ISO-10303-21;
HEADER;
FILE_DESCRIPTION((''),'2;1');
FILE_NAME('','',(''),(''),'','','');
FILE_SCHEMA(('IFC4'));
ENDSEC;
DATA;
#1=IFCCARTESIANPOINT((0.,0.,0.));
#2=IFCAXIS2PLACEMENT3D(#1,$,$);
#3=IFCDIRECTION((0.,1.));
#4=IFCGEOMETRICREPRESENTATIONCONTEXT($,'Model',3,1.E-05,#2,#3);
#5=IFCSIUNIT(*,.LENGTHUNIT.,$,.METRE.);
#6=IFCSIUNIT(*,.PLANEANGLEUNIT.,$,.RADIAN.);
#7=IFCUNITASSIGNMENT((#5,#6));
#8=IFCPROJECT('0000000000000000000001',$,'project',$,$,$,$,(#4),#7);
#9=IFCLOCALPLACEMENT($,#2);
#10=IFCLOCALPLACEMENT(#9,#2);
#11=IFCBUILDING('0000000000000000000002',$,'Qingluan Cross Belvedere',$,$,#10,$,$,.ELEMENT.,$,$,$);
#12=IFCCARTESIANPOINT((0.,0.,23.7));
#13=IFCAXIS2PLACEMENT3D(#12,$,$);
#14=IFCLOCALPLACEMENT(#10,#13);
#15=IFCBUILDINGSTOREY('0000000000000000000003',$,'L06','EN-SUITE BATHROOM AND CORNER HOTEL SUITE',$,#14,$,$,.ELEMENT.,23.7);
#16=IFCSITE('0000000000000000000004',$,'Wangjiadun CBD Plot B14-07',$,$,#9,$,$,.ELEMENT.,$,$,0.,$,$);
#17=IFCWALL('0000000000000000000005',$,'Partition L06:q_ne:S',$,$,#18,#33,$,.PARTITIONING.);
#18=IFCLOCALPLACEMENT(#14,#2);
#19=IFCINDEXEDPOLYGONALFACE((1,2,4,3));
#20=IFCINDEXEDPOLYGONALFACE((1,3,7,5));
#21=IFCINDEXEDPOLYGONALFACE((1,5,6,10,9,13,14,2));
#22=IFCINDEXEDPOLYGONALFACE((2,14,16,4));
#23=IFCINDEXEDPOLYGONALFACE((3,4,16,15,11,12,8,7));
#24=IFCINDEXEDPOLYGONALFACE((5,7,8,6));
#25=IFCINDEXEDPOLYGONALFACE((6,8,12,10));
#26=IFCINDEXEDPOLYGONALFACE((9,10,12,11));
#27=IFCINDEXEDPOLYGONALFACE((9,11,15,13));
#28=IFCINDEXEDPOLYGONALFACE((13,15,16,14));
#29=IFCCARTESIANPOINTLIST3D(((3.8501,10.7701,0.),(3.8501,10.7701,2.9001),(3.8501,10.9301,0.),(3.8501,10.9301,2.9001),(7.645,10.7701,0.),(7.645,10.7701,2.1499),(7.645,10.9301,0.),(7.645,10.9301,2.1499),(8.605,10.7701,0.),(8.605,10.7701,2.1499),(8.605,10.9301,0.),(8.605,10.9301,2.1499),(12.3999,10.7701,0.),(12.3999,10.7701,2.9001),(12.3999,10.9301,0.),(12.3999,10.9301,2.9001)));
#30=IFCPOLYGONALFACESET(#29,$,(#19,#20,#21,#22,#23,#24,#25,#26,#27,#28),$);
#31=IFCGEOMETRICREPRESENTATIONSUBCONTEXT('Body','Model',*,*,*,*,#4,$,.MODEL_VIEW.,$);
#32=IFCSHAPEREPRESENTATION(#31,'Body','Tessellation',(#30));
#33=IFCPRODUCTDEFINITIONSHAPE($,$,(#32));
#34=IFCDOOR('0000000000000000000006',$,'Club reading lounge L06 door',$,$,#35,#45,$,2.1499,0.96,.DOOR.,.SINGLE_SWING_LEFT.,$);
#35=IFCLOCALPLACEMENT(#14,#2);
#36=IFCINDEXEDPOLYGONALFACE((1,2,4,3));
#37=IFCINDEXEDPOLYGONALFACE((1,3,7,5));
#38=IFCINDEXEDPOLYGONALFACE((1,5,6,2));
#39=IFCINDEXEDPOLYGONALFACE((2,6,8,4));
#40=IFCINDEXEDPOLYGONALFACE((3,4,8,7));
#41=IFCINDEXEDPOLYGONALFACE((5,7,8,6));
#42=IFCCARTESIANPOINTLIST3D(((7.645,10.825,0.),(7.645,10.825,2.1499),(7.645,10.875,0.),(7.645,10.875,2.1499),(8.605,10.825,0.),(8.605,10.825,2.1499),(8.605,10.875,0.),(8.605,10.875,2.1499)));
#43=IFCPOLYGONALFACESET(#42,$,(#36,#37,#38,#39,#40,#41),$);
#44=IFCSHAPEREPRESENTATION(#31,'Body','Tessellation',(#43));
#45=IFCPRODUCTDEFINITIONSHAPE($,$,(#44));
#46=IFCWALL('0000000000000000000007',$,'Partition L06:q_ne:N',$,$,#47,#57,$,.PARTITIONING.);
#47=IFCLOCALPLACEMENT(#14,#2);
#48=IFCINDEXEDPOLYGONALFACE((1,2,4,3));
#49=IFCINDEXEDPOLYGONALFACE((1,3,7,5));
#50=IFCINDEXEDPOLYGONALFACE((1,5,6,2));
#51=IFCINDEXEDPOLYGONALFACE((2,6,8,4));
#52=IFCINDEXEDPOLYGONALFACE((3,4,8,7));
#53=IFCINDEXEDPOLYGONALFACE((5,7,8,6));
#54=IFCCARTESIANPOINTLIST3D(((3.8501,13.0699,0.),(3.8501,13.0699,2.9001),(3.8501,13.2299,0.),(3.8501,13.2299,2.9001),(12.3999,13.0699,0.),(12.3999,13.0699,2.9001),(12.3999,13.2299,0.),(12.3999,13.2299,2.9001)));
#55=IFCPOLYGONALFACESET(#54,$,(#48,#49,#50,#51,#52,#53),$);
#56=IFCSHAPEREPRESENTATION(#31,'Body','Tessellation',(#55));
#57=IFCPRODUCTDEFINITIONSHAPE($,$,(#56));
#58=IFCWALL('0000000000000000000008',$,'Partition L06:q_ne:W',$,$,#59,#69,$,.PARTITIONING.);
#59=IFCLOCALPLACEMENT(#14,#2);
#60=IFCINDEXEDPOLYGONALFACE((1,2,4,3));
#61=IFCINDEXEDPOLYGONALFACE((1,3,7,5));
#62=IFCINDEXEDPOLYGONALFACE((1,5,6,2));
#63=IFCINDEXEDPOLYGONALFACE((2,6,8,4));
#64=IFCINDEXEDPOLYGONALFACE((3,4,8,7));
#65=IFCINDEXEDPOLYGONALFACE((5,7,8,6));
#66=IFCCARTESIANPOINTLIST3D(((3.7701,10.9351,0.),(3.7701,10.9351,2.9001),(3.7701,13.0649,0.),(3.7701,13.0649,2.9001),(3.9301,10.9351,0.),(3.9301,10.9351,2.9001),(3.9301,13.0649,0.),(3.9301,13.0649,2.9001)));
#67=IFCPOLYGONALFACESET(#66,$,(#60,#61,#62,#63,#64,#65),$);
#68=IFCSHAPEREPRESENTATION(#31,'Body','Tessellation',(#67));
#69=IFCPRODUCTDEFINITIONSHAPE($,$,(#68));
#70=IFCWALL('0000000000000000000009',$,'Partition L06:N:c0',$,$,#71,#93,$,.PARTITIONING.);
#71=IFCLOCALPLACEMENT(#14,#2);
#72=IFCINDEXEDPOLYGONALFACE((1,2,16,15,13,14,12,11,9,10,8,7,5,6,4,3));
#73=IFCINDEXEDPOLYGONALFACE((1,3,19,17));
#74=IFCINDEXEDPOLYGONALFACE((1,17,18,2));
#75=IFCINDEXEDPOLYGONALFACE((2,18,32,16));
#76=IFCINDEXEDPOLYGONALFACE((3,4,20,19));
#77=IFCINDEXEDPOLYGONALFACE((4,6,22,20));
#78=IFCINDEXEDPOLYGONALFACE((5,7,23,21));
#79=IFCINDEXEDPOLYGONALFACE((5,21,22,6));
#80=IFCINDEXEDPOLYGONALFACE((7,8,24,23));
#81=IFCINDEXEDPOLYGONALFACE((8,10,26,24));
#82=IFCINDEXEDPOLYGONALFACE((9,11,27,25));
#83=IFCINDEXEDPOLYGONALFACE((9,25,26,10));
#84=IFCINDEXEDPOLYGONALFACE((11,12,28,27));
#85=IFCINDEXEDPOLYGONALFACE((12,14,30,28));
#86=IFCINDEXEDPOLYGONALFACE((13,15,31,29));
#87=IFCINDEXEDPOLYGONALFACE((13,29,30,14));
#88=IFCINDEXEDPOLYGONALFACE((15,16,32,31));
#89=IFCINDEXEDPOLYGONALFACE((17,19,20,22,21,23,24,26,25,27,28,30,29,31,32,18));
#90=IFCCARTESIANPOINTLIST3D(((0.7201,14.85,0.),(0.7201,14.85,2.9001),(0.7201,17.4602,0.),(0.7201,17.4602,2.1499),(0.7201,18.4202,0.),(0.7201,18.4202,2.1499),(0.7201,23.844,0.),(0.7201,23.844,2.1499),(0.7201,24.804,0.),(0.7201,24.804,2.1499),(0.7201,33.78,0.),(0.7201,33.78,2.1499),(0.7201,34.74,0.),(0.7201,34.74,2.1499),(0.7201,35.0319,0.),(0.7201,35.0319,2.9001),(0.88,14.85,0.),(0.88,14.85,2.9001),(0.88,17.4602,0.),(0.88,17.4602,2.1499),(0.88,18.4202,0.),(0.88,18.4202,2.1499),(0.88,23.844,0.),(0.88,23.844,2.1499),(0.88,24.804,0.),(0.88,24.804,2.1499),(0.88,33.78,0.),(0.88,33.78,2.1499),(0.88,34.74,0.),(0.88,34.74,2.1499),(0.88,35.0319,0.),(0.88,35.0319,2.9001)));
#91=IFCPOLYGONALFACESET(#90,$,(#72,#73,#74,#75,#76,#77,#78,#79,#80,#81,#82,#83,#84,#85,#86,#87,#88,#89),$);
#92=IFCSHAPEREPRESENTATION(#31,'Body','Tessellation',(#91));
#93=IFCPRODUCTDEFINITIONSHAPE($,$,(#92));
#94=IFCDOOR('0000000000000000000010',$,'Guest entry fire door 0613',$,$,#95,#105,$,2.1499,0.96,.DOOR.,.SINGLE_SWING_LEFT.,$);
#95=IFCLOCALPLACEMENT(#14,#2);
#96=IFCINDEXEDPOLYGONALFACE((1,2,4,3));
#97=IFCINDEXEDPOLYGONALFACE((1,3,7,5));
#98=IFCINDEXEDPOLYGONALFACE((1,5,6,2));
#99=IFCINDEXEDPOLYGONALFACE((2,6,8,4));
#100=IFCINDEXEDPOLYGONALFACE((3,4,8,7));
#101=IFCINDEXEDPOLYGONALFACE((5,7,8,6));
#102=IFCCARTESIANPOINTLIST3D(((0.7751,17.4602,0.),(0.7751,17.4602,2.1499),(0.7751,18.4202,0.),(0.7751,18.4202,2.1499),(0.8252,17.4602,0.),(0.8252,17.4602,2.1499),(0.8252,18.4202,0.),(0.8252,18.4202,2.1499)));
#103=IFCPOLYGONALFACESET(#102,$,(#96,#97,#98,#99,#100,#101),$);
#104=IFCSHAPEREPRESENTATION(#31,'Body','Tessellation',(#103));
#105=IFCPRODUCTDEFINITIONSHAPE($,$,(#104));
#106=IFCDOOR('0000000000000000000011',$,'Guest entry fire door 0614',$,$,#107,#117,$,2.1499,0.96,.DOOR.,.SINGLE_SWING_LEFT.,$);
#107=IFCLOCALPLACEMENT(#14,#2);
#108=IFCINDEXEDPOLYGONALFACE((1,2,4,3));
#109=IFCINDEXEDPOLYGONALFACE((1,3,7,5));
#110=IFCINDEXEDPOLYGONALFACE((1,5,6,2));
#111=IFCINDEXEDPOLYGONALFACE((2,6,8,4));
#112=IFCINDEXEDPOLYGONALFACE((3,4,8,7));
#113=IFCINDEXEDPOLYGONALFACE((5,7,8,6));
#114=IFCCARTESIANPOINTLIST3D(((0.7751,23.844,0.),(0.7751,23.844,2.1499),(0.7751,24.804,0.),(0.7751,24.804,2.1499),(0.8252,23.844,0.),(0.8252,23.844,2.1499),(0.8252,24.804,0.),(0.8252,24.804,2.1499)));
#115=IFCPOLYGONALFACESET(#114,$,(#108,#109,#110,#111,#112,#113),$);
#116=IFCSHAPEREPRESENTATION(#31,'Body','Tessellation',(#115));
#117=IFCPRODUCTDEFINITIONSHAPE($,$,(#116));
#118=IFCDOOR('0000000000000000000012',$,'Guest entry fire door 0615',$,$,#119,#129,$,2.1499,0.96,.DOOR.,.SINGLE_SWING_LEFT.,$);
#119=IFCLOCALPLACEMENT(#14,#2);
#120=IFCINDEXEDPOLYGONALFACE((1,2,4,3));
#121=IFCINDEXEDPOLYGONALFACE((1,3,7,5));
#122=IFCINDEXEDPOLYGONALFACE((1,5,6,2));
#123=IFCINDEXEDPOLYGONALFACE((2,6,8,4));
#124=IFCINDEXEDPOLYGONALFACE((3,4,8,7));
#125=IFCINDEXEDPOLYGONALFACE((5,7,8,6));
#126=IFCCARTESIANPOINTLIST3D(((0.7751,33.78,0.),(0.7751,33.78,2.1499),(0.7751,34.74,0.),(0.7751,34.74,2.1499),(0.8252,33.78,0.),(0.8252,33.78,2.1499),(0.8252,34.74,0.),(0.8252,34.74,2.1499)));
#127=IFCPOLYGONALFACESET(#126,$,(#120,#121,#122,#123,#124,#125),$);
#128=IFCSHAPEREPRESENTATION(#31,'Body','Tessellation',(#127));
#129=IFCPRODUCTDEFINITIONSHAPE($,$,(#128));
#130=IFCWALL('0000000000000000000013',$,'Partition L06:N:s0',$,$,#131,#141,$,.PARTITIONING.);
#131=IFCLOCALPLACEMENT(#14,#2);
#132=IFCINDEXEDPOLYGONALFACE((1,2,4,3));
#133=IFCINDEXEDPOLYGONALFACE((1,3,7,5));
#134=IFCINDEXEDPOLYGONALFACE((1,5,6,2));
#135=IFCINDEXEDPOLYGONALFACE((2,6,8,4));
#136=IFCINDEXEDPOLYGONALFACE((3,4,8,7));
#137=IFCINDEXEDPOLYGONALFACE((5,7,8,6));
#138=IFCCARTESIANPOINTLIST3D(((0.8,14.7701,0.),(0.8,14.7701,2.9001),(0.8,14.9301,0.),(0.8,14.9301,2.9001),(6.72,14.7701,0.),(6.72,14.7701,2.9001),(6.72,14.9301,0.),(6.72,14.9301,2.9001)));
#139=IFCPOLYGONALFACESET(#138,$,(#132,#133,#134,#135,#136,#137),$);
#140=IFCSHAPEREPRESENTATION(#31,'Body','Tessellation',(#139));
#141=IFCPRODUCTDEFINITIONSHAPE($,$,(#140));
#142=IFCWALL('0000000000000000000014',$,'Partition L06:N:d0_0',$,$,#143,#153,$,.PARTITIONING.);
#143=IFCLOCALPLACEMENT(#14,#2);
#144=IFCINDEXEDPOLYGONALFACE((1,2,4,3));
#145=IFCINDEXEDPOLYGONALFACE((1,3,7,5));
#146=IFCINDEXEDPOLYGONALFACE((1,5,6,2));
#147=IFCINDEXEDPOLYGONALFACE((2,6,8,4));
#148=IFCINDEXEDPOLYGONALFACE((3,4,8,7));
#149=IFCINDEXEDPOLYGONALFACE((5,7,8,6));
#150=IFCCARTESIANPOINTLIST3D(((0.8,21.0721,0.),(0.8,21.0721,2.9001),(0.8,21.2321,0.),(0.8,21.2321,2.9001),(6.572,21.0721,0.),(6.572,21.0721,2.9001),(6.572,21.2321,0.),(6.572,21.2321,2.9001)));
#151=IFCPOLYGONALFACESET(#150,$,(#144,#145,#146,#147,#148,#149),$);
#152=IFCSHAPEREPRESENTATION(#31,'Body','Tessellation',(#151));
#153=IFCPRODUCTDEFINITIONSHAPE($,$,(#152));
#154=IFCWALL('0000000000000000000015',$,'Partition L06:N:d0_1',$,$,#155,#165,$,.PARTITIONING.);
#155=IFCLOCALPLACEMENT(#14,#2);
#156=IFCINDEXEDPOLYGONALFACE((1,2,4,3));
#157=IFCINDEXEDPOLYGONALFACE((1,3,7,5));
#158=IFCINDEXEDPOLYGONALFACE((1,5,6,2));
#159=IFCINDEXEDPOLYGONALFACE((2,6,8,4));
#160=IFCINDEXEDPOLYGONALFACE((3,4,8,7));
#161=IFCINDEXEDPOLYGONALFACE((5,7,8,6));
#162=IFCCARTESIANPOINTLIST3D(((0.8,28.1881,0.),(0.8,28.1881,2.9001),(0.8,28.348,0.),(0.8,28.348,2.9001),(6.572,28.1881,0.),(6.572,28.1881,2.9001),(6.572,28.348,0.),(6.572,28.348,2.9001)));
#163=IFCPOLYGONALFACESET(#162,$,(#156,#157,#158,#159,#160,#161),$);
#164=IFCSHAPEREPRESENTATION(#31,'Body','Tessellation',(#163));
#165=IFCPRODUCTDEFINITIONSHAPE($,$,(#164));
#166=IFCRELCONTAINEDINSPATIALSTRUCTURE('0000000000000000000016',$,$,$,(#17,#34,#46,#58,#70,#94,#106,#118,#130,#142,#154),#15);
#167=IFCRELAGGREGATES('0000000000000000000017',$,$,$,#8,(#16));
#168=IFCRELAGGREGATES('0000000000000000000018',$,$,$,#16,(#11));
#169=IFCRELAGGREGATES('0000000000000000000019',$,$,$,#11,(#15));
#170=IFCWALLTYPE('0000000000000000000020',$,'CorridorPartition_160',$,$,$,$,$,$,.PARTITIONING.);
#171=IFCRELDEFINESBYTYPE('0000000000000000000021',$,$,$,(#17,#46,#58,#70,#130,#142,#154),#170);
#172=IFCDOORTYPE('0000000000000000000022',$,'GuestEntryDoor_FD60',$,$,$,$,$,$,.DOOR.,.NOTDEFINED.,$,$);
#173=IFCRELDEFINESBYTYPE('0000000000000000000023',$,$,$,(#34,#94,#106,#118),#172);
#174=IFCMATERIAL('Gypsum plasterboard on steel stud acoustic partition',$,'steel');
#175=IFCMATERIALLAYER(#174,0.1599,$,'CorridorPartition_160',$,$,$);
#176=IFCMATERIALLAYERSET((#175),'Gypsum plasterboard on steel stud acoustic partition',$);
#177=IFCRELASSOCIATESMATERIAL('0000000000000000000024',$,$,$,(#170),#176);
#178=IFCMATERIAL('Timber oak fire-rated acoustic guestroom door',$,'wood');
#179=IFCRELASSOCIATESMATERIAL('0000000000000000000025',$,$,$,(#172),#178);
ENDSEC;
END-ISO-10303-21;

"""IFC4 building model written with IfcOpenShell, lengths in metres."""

from ifc_helpers import new_model, si_unit, direction, frame, frame_2d, origin, place, context, subcontext, project, spatial, rectangle, extrude, material, layer, layer_set, type_object, element, fill, save


model = new_model("IFC4")

# Units and contexts
model_context = context("Model", 3, precision=1e-05, world=origin(), true_north=direction((0.0, 1.0)))
body_context = subcontext(model_context, "Body", "Model", "MODEL_VIEW")
ifc_project = project(units=[si_unit("LENGTHUNIT", "METRE"), si_unit("PLANEANGLEUNIT", "RADIAN")], contexts=[model_context])

# Site, building, storey
site_placement = place(None, origin())
site = spatial("IfcSite", under=ifc_project, at=site_placement, Name="Wangjiadun CBD Plot B14-07", CompositionType="ELEMENT", RefElevation=0.0)
building_placement = place(site_placement, origin())
building = spatial("IfcBuilding", under=site, at=building_placement, Name="Qingluan Cross Belvedere", CompositionType="ELEMENT")
storey_placement = place(building_placement, frame((0.0, 0.0, 23.7)))
storey = spatial("IfcBuildingStorey", under=building, at=storey_placement, Name="L06", Description="EN-SUITE BATHROOM AND CORNER HOTEL SUITE", CompositionType="ELEMENT", Elevation=23.7)

# Wall, opening, door
ifc_material_1 = material(Name="Gypsum plasterboard on steel stud acoustic partition", Category="steel")
ifc_layer_1 = layer(ifc_material_1, 0.1599, Name="CorridorPartition_160")
ifc_layer_set_1 = layer_set([ifc_layer_1], Name="Gypsum plasterboard on steel stud acoustic partition")
wall_type_1 = type_object("IfcWallType", Name="CorridorPartition_160", PredefinedType="PARTITIONING", material=ifc_layer_set_1)
wall_1_placement = place(storey_placement, frame((3.8501, 10.8501, 0.0), z_axis=(0.0, 0.0, 1.0), x_axis=(1.0, 0.0, 0.0)))
wall_1 = element("IfcWall", 1, at=wall_1_placement, inside=storey, type_object=wall_type_1, Name="Partition L06:q_ne:S", PredefinedType="PARTITIONING", context=body_context, shape_type="SweptSolid", body=[
    extrude(rectangle(XDim=8.5498, YDim=0.1599, at=frame_2d((4.2749, 0.0))), origin(), (0.0, 0.0, 1.0), 2.9001),
])
opening_1_placement = place(wall_1_placement, frame((3.7949, 0.0, 0.0)))
opening_1 = element("IfcOpeningElement", 2, at=opening_1_placement, cuts=wall_1, PredefinedType="OPENING", context=body_context, shape_type="SweptSolid", body=[
    extrude(rectangle(XDim=0.96, YDim=2.1499, at=frame_2d((0.48, 1.075))), frame((0.0, 0.0898, 0.0), z_axis=(0.0, -1.0, 0.0), x_axis=(1.0, 0.0, 0.0)), (0.0, 0.0, 1.0), 0.1799),
])
ifc_material_2 = material(Name="Timber oak fire-rated acoustic guestroom door", Category="wood")
door_type_1 = type_object("IfcDoorType", Name="GuestEntryDoor_FD60", OperationType="NOTDEFINED", PredefinedType="DOOR", material=ifc_material_2)
door_1_placement = place(opening_1_placement, origin())
door_1 = element("IfcDoor", 3, at=door_1_placement, inside=storey, type_object=door_type_1, Name="Club reading lounge L06 door", OperationType="SINGLE_SWING_LEFT", OverallHeight=2.1499, OverallWidth=0.96, PredefinedType="DOOR", context=body_context, shape_type="SweptSolid", body=[
    extrude(rectangle(XDim=0.96, YDim=2.1499, at=frame_2d((0.48, 1.075))), frame((0.0, 0.0249, 0.0), z_axis=(0.0, -1.0, 0.0), x_axis=(1.0, 0.0, 0.0)), (0.0, 0.0, 1.0), 0.05),
])
fill(opening_1, door_1)

# Walls
wall_2_placement = place(storey_placement, frame((3.8501, 13.1499, 0.0), z_axis=(0.0, 0.0, 1.0), x_axis=(1.0, 0.0, 0.0)))
element("IfcWall", 4, at=wall_2_placement, inside=storey, type_object=wall_type_1, Name="Partition L06:q_ne:N", PredefinedType="PARTITIONING", context=body_context, shape_type="SweptSolid", body=[
    extrude(rectangle(XDim=8.5498, YDim=0.1599, at=frame_2d((4.2749, 0.0))), origin(), (0.0, 0.0, 1.0), 2.9001),
])
wall_3_placement = place(storey_placement, frame((3.8501, 10.9351, 0.0), z_axis=(0.0, 0.0, 1.0), x_axis=(0.0, 1.0, 0.0)))
element("IfcWall", 5, at=wall_3_placement, inside=storey, type_object=wall_type_1, Name="Partition L06:q_ne:W", PredefinedType="PARTITIONING", context=body_context, shape_type="SweptSolid", body=[
    extrude(rectangle(XDim=2.1299, YDim=0.1599, at=frame_2d((1.0649, 0.0))), origin(), (0.0, 0.0, 1.0), 2.9001),
])

# Wall, openings, doors
wall_4_placement = place(storey_placement, frame((0.8, 14.8501, 0.0), z_axis=(0.0, 0.0, 1.0), x_axis=(0.0, 1.0, 0.0)))
wall_4 = element("IfcWall", 6, at=wall_4_placement, inside=storey, type_object=wall_type_1, Name="Partition L06:N:c0", PredefinedType="PARTITIONING", context=body_context, shape_type="SweptSolid", body=[
    extrude(rectangle(XDim=20.1819, YDim=0.1599, at=frame_2d((10.0908, 0.0))), origin(), (0.0, 0.0, 1.0), 2.9001),
])
opening_2_placement = place(wall_4_placement, frame((2.6101, 0.0, 0.0)))
opening_2 = element("IfcOpeningElement", 7, at=opening_2_placement, cuts=wall_4, PredefinedType="OPENING", context=body_context, shape_type="SweptSolid", body=[
    extrude(rectangle(XDim=0.96, YDim=2.1499, at=frame_2d((0.48, 1.075))), frame((0.0, 0.0898, 0.0), z_axis=(0.0, -1.0, 0.0), x_axis=(1.0, 0.0, 0.0)), (0.0, 0.0, 1.0), 0.1799),
])
opening_3_placement = place(wall_4_placement, frame((8.9939, 0.0, 0.0)))
opening_3 = element("IfcOpeningElement", 8, at=opening_3_placement, cuts=wall_4, PredefinedType="OPENING", context=body_context, shape_type="SweptSolid", body=[
    extrude(rectangle(XDim=0.96, YDim=2.1499, at=frame_2d((0.48, 1.075))), frame((0.0, 0.0898, 0.0), z_axis=(0.0, -1.0, 0.0), x_axis=(1.0, 0.0, 0.0)), (0.0, 0.0, 1.0), 0.1799),
])
opening_4_placement = place(wall_4_placement, frame((18.9299, 0.0, 0.0)))
opening_4 = element("IfcOpeningElement", 9, at=opening_4_placement, cuts=wall_4, PredefinedType="OPENING", context=body_context, shape_type="SweptSolid", body=[
    extrude(rectangle(XDim=0.96, YDim=2.1499, at=frame_2d((0.48, 1.075))), frame((0.0, 0.0898, 0.0), z_axis=(0.0, -1.0, 0.0), x_axis=(1.0, 0.0, 0.0)), (0.0, 0.0, 1.0), 0.1799),
])
door_2_placement = place(opening_2_placement, origin())
door_2 = element("IfcDoor", 10, at=door_2_placement, inside=storey, type_object=door_type_1, Name="Guest entry fire door 0613", OperationType="SINGLE_SWING_LEFT", OverallHeight=2.1499, OverallWidth=0.96, PredefinedType="DOOR", context=body_context, shape_type="SweptSolid", body=[
    extrude(rectangle(XDim=0.96, YDim=2.1499, at=frame_2d((0.48, 1.075))), frame((0.0, 0.0249, 0.0), z_axis=(0.0, -1.0, 0.0), x_axis=(1.0, 0.0, 0.0)), (0.0, 0.0, 1.0), 0.05),
])
fill(opening_2, door_2)
door_3_placement = place(opening_3_placement, origin())
door_3 = element("IfcDoor", 11, at=door_3_placement, inside=storey, type_object=door_type_1, Name="Guest entry fire door 0614", OperationType="SINGLE_SWING_LEFT", OverallHeight=2.1499, OverallWidth=0.96, PredefinedType="DOOR", context=body_context, shape_type="SweptSolid", body=[
    extrude(rectangle(XDim=0.96, YDim=2.1499, at=frame_2d((0.48, 1.075))), frame((0.0, 0.0249, 0.0), z_axis=(0.0, -1.0, 0.0), x_axis=(1.0, 0.0, 0.0)), (0.0, 0.0, 1.0), 0.05),
])
fill(opening_3, door_3)
door_4_placement = place(opening_4_placement, origin())
door_4 = element("IfcDoor", 12, at=door_4_placement, inside=storey, type_object=door_type_1, Name="Guest entry fire door 0615", OperationType="SINGLE_SWING_LEFT", OverallHeight=2.1499, OverallWidth=0.96, PredefinedType="DOOR", context=body_context, shape_type="SweptSolid", body=[
    extrude(rectangle(XDim=0.96, YDim=2.1499, at=frame_2d((0.48, 1.075))), frame((0.0, 0.0249, 0.0), z_axis=(0.0, -1.0, 0.0), x_axis=(1.0, 0.0, 0.0)), (0.0, 0.0, 1.0), 0.05),
])
fill(opening_4, door_4)

# Walls
wall_5_placement = place(storey_placement, frame((0.8, 14.8501, 0.0), z_axis=(0.0, 0.0, 1.0), x_axis=(1.0, 0.0, 0.0)))
element("IfcWall", 13, at=wall_5_placement, inside=storey, type_object=wall_type_1, Name="Partition L06:N:s0", PredefinedType="PARTITIONING", context=body_context, shape_type="SweptSolid", body=[
    extrude(rectangle(XDim=5.9199, YDim=0.1599, at=frame_2d((2.96, 0.0))), origin(), (0.0, 0.0, 1.0), 2.9001),
])
for number, where, z_axis, x_axis, name in (
    (14, (0.8, 21.1521, 0.0), (0.0, 0.0, 1.0), (1.0, 0.0, 0.0), "Partition L06:N:d0_0"),
    (15, (0.8, 28.2681, 0.0), (0.0, 0.0, 1.0), (1.0, 0.0, 0.0), "Partition L06:N:d0_1"),
):
    element("IfcWall", number, at=place(storey_placement, frame(where, z_axis=z_axis, x_axis=x_axis)), inside=storey, type_object=wall_type_1, Name=name, PredefinedType="PARTITIONING", context=body_context, shape_type="SweptSolid", body=[
        extrude(rectangle(XDim=5.772, YDim=0.1599, at=frame_2d((2.886, 0.0))), origin(), (0.0, 0.0, 1.0), 2.9001),
    ])

save(model, "model.ifc")
